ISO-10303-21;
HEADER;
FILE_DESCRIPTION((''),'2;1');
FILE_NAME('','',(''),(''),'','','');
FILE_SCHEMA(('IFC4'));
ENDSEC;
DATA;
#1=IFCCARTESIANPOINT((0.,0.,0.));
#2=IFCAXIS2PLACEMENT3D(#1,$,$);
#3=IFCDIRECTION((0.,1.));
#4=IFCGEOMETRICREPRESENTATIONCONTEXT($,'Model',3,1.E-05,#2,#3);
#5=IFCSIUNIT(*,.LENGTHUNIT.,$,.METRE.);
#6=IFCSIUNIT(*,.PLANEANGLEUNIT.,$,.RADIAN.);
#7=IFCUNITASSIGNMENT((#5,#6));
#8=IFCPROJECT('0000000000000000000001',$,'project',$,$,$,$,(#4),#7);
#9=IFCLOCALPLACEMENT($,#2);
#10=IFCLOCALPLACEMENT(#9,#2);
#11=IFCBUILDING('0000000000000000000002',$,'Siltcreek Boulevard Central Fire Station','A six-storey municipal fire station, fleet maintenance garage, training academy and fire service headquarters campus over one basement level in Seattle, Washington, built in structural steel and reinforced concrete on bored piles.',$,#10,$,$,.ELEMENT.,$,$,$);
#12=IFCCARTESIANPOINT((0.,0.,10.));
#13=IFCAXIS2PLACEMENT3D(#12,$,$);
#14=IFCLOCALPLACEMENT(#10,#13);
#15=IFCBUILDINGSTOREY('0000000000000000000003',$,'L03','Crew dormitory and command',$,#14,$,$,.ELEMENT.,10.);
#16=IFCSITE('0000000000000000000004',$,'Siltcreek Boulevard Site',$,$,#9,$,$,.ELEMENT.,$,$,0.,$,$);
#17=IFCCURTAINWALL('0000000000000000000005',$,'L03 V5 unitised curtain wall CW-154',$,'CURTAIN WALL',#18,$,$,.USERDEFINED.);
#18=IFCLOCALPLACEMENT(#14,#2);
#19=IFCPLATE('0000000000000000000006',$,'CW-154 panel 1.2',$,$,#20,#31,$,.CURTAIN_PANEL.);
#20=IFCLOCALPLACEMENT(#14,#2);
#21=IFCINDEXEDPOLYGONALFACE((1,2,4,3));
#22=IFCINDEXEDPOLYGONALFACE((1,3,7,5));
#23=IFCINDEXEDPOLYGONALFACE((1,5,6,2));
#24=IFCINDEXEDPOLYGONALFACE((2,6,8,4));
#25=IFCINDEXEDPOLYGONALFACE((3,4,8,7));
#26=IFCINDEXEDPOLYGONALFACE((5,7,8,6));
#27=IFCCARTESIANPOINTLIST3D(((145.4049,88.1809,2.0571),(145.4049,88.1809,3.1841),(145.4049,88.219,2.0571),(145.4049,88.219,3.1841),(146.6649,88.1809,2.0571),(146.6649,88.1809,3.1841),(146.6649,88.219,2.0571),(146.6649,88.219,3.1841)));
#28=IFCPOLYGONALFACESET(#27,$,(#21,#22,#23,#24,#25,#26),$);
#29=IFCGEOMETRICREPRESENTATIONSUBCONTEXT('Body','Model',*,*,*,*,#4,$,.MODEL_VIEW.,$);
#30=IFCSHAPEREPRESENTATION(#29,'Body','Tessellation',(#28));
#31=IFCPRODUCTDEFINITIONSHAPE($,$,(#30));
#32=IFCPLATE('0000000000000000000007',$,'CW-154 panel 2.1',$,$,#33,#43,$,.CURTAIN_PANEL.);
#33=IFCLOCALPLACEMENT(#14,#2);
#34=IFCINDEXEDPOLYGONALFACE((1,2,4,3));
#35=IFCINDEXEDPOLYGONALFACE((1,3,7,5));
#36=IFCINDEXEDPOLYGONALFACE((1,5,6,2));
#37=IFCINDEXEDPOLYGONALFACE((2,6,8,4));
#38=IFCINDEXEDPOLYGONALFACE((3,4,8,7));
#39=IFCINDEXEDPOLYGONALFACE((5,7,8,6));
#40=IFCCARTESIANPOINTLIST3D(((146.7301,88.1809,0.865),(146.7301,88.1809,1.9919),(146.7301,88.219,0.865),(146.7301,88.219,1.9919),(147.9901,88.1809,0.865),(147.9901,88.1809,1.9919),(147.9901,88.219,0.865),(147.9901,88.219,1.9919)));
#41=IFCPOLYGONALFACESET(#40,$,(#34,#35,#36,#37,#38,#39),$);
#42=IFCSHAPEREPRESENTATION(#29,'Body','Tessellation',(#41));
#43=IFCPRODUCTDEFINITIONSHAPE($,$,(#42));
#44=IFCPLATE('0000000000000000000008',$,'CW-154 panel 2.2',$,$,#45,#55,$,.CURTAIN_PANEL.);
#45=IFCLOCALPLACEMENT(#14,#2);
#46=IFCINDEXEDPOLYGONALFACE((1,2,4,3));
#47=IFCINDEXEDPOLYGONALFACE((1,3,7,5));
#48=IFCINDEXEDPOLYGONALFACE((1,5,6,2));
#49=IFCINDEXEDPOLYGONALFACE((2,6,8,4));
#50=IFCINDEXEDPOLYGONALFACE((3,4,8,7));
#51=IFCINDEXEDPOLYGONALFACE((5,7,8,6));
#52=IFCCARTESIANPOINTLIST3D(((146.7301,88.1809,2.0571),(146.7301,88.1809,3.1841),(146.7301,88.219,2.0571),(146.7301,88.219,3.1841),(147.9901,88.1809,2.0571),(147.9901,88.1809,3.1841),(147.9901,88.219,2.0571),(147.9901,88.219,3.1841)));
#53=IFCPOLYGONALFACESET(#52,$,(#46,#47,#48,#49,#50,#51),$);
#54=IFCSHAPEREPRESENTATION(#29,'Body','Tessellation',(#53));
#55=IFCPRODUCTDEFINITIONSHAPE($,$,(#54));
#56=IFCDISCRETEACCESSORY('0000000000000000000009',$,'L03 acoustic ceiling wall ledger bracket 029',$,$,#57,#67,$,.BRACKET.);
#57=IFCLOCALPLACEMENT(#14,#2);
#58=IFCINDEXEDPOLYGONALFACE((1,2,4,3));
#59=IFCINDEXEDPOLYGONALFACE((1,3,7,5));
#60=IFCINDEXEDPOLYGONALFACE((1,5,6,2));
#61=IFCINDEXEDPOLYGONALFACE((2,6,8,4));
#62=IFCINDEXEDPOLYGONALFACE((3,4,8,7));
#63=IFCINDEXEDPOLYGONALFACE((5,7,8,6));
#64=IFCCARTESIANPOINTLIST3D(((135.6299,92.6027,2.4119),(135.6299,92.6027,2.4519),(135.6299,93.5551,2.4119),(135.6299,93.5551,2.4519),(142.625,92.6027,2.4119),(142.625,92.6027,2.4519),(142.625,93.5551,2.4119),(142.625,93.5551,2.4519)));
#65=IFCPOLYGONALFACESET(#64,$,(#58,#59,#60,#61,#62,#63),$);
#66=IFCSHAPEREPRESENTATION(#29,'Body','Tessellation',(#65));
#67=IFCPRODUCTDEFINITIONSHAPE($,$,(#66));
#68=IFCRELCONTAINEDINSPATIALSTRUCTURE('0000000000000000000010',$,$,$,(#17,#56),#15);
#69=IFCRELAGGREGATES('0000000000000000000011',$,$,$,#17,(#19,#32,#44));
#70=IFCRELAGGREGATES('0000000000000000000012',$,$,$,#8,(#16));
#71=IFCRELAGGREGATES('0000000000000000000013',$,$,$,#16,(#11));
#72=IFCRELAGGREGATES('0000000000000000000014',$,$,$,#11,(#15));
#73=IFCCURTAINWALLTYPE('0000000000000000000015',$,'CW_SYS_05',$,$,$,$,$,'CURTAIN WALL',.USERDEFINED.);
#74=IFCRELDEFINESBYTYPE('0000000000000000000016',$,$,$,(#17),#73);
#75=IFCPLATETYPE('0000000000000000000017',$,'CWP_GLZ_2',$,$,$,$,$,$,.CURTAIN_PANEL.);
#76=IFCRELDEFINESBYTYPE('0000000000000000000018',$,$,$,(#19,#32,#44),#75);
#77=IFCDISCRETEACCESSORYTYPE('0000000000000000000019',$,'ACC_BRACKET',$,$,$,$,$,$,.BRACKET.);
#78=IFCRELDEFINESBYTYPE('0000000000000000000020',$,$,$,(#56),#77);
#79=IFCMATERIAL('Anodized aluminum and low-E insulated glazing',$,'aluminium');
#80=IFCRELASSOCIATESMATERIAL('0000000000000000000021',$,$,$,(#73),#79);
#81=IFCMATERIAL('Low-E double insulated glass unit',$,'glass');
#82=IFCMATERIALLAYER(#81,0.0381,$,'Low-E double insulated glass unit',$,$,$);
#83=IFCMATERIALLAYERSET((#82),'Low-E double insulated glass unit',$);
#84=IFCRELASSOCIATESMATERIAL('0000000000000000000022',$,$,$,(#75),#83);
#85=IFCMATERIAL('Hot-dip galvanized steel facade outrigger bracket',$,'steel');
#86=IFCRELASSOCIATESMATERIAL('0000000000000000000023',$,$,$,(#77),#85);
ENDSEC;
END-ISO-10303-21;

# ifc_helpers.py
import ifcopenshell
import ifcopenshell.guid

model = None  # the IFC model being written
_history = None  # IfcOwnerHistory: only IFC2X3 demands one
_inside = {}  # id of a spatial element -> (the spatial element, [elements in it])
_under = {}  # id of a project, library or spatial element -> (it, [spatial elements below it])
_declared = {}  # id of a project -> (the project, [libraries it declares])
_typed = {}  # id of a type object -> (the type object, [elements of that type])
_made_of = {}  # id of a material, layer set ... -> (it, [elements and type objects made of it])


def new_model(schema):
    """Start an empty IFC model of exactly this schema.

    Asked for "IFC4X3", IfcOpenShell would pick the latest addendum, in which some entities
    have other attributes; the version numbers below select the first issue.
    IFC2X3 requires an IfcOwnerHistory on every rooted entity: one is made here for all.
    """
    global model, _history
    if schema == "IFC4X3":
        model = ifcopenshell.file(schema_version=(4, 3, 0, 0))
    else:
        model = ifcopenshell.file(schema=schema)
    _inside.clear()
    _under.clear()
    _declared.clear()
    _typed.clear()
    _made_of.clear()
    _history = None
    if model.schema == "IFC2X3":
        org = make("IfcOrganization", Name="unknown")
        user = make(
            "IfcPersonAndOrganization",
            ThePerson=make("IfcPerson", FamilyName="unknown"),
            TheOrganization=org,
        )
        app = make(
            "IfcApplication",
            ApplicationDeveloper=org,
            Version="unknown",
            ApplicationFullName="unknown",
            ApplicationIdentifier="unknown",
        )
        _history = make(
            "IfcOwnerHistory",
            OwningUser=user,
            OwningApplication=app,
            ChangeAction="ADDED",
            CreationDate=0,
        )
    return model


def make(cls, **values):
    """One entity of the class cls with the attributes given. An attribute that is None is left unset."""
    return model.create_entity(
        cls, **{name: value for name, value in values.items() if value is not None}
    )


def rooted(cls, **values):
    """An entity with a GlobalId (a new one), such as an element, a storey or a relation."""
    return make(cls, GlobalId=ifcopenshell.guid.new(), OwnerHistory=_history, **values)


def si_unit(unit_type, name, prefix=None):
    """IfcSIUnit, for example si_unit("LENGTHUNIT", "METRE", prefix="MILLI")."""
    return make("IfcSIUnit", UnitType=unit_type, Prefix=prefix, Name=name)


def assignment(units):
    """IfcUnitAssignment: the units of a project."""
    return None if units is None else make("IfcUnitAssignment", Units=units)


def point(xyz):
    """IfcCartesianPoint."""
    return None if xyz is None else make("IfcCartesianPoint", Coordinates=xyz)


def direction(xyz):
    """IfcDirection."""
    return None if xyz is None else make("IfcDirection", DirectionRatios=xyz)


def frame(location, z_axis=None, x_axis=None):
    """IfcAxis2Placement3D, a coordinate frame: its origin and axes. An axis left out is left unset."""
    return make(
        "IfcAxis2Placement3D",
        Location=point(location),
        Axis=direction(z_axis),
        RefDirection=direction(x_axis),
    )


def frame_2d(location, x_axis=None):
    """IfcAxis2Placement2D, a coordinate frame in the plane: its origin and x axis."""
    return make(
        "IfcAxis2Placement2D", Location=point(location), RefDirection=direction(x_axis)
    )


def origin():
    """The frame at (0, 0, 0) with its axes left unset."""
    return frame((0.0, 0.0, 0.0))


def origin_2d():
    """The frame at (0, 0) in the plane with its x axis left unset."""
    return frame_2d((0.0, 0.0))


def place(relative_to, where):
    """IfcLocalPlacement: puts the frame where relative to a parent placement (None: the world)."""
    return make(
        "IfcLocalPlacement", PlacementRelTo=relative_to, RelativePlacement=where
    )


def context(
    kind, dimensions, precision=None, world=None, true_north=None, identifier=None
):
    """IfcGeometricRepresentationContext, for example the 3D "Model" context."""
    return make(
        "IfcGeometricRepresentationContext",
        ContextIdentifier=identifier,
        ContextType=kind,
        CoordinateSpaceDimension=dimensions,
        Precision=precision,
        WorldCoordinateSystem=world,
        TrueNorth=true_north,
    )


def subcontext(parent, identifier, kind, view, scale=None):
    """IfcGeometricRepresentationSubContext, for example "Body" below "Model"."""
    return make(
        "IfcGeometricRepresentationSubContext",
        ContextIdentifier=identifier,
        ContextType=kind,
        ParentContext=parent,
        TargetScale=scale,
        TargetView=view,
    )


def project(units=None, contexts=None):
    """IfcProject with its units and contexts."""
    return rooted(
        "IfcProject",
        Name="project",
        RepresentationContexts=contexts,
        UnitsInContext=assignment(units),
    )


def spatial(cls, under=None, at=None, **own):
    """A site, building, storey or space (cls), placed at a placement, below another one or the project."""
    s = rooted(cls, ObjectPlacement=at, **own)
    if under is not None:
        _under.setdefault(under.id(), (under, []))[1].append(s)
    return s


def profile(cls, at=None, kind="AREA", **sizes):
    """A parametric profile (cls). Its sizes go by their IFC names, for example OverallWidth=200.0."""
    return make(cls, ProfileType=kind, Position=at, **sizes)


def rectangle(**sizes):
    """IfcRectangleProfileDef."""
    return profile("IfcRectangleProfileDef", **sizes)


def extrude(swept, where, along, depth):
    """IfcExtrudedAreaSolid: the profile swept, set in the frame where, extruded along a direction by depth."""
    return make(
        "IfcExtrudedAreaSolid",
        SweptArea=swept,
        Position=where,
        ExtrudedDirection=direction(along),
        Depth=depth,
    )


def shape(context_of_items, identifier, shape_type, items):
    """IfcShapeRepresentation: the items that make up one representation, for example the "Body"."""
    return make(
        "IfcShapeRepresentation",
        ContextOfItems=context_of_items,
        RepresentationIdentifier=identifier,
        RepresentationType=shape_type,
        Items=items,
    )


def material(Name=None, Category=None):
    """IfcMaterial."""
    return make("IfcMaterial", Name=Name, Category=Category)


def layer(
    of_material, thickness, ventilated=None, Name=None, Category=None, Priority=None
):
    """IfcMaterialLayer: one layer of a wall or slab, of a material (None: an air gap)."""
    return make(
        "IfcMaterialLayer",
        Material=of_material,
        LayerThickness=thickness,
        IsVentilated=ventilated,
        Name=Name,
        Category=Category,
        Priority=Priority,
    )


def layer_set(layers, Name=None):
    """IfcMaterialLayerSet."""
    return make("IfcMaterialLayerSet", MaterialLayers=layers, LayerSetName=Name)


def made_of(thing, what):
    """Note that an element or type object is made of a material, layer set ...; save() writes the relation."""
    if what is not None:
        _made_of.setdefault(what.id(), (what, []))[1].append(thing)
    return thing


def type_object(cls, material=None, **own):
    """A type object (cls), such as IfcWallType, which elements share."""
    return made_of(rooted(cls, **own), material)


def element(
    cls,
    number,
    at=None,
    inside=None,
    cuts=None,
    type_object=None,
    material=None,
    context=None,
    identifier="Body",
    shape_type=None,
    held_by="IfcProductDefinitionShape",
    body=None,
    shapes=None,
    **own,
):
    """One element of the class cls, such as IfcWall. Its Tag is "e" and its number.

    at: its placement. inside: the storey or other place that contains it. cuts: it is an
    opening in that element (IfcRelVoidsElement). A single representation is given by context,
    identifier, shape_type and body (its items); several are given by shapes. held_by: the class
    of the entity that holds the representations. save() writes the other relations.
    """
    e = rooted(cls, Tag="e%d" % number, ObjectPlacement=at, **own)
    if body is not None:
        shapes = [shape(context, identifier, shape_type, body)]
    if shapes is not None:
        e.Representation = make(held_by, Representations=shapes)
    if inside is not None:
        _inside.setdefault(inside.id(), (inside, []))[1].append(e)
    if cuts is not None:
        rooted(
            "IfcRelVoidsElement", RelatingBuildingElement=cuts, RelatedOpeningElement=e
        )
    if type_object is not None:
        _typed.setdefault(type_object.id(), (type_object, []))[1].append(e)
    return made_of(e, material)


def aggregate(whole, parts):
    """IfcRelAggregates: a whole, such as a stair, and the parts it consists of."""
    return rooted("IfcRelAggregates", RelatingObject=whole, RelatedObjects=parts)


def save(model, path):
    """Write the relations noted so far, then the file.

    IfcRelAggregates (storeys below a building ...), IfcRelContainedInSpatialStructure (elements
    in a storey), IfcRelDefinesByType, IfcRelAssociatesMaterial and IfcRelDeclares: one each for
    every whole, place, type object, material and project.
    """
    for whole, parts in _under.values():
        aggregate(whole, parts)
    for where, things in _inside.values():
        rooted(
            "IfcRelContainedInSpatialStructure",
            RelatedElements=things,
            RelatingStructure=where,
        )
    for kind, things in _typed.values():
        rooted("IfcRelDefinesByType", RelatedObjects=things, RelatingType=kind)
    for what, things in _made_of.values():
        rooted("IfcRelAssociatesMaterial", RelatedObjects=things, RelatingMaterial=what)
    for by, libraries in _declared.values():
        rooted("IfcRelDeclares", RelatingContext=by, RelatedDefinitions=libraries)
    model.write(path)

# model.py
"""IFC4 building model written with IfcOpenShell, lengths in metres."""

from ifc_helpers import new_model, si_unit, direction, frame, origin, origin_2d, place, context, subcontext, project, spatial, rectangle, extrude, material, layer, layer_set, type_object, element, aggregate, save


model = new_model("IFC4")

# Units and contexts
model_context = context("Model", 3, precision=1e-05, world=origin(), true_north=direction((0.0, 1.0)))
body_context = subcontext(model_context, "Body", "Model", "MODEL_VIEW")
ifc_project = project(units=[si_unit("LENGTHUNIT", "METRE"), si_unit("PLANEANGLEUNIT", "RADIAN")], contexts=[model_context])

# Site, building, storey
site_placement = place(None, origin())
site = spatial("IfcSite", under=ifc_project, at=site_placement, Name="Siltcreek Boulevard Site", CompositionType="ELEMENT", RefElevation=0.0)
building_placement = place(site_placement, origin())
building = spatial("IfcBuilding", under=site, at=building_placement, Name="Siltcreek Boulevard Central Fire Station", Description="A six-storey municipal fire station, fleet maintenance garage, training academy and fire service headquarters campus over one basement level in Seattle, Washington, built in structural steel and reinforced concrete on bored piles.", CompositionType="ELEMENT")
storey_placement = place(building_placement, frame((0.0, 0.0, 10.0)))
storey = spatial("IfcBuildingStorey", under=building, at=storey_placement, Name="L03", Description="Crew dormitory and command", CompositionType="ELEMENT", Elevation=10.0)

# Curtain wall
ifc_material_1 = material(Name="Anodized aluminum and low-E insulated glazing", Category="aluminium")
curtain_wall_type = type_object("IfcCurtainWallType", Name="CW_SYS_05", ElementType="CURTAIN WALL", PredefinedType="USERDEFINED", material=ifc_material_1)
curtain_wall_placement = place(storey_placement, origin())
curtain_wall = element("IfcCurtainWall", 1, at=curtain_wall_placement, inside=storey, type_object=curtain_wall_type, Name="L03 V5 unitised curtain wall CW-154", ObjectType="CURTAIN WALL", PredefinedType="USERDEFINED")

# Plates
ifc_material_2 = material(Name="Low-E double insulated glass unit", Category="glass")
ifc_layer = layer(ifc_material_2, 0.0381, Name="Low-E double insulated glass unit")
ifc_layer_set = layer_set([ifc_layer], Name="Low-E double insulated glass unit")
plate_type = type_object("IfcPlateType", Name="CWP_GLZ_2", PredefinedType="CURTAIN_PANEL", material=ifc_layer_set)
plate_1_placement = place(storey_placement, frame((146.0349, 88.2, 2.0571), z_axis=(0.0, 0.0, 1.0), x_axis=(1.0, 0.0, 0.0)))
plate_1 = element("IfcPlate", 2, at=plate_1_placement, type_object=plate_type, Name="CW-154 panel 1.2", PredefinedType="CURTAIN_PANEL", context=body_context, shape_type="SweptSolid", body=[
    extrude(rectangle(XDim=1.26, YDim=0.0381, at=origin_2d()), origin(), (0.0, 0.0, 1.0), 1.127),
])
plate_2_placement = place(storey_placement, frame((147.3601, 88.2, 0.865), z_axis=(0.0, 0.0, 1.0), x_axis=(1.0, 0.0, 0.0)))
plate_2 = element("IfcPlate", 3, at=plate_2_placement, type_object=plate_type, Name="CW-154 panel 2.1", PredefinedType="CURTAIN_PANEL", context=body_context, shape_type="SweptSolid", body=[
    extrude(rectangle(XDim=1.26, YDim=0.0381, at=origin_2d()), origin(), (0.0, 0.0, 1.0), 1.127),
])
plate_3_placement = place(storey_placement, frame((147.3601, 88.2, 2.0571), z_axis=(0.0, 0.0, 1.0), x_axis=(1.0, 0.0, 0.0)))
plate_3 = element("IfcPlate", 4, at=plate_3_placement, type_object=plate_type, Name="CW-154 panel 2.2", PredefinedType="CURTAIN_PANEL", context=body_context, shape_type="SweptSolid", body=[
    extrude(rectangle(XDim=1.26, YDim=0.0381, at=origin_2d()), origin(), (0.0, 0.0, 1.0), 1.127),
])
aggregate(curtain_wall, [plate_1, plate_2, plate_3])

# Discrete accessory
ifc_material_3 = material(Name="Hot-dip galvanized steel facade outrigger bracket", Category="steel")
discrete_accessory_type = type_object("IfcDiscreteAccessoryType", Name="ACC_BRACKET", PredefinedType="BRACKET", material=ifc_material_3)
discrete_accessory_placement = place(storey_placement, frame((139.1274, 93.0789, 2.4119), z_axis=(0.0, 0.0, 1.0), x_axis=(1.0, 0.0, 0.0)))
element("IfcDiscreteAccessory", 5, at=discrete_accessory_placement, inside=storey, type_object=discrete_accessory_type, Name="L03 acoustic ceiling wall ledger bracket 029", PredefinedType="BRACKET", context=body_context, shape_type="SweptSolid", body=[
    extrude(rectangle(XDim=6.9951, YDim=0.9524, at=origin_2d()), origin(), (0.0, 0.0, 1.0), 0.04),
])

save(model, "model.ifc")
